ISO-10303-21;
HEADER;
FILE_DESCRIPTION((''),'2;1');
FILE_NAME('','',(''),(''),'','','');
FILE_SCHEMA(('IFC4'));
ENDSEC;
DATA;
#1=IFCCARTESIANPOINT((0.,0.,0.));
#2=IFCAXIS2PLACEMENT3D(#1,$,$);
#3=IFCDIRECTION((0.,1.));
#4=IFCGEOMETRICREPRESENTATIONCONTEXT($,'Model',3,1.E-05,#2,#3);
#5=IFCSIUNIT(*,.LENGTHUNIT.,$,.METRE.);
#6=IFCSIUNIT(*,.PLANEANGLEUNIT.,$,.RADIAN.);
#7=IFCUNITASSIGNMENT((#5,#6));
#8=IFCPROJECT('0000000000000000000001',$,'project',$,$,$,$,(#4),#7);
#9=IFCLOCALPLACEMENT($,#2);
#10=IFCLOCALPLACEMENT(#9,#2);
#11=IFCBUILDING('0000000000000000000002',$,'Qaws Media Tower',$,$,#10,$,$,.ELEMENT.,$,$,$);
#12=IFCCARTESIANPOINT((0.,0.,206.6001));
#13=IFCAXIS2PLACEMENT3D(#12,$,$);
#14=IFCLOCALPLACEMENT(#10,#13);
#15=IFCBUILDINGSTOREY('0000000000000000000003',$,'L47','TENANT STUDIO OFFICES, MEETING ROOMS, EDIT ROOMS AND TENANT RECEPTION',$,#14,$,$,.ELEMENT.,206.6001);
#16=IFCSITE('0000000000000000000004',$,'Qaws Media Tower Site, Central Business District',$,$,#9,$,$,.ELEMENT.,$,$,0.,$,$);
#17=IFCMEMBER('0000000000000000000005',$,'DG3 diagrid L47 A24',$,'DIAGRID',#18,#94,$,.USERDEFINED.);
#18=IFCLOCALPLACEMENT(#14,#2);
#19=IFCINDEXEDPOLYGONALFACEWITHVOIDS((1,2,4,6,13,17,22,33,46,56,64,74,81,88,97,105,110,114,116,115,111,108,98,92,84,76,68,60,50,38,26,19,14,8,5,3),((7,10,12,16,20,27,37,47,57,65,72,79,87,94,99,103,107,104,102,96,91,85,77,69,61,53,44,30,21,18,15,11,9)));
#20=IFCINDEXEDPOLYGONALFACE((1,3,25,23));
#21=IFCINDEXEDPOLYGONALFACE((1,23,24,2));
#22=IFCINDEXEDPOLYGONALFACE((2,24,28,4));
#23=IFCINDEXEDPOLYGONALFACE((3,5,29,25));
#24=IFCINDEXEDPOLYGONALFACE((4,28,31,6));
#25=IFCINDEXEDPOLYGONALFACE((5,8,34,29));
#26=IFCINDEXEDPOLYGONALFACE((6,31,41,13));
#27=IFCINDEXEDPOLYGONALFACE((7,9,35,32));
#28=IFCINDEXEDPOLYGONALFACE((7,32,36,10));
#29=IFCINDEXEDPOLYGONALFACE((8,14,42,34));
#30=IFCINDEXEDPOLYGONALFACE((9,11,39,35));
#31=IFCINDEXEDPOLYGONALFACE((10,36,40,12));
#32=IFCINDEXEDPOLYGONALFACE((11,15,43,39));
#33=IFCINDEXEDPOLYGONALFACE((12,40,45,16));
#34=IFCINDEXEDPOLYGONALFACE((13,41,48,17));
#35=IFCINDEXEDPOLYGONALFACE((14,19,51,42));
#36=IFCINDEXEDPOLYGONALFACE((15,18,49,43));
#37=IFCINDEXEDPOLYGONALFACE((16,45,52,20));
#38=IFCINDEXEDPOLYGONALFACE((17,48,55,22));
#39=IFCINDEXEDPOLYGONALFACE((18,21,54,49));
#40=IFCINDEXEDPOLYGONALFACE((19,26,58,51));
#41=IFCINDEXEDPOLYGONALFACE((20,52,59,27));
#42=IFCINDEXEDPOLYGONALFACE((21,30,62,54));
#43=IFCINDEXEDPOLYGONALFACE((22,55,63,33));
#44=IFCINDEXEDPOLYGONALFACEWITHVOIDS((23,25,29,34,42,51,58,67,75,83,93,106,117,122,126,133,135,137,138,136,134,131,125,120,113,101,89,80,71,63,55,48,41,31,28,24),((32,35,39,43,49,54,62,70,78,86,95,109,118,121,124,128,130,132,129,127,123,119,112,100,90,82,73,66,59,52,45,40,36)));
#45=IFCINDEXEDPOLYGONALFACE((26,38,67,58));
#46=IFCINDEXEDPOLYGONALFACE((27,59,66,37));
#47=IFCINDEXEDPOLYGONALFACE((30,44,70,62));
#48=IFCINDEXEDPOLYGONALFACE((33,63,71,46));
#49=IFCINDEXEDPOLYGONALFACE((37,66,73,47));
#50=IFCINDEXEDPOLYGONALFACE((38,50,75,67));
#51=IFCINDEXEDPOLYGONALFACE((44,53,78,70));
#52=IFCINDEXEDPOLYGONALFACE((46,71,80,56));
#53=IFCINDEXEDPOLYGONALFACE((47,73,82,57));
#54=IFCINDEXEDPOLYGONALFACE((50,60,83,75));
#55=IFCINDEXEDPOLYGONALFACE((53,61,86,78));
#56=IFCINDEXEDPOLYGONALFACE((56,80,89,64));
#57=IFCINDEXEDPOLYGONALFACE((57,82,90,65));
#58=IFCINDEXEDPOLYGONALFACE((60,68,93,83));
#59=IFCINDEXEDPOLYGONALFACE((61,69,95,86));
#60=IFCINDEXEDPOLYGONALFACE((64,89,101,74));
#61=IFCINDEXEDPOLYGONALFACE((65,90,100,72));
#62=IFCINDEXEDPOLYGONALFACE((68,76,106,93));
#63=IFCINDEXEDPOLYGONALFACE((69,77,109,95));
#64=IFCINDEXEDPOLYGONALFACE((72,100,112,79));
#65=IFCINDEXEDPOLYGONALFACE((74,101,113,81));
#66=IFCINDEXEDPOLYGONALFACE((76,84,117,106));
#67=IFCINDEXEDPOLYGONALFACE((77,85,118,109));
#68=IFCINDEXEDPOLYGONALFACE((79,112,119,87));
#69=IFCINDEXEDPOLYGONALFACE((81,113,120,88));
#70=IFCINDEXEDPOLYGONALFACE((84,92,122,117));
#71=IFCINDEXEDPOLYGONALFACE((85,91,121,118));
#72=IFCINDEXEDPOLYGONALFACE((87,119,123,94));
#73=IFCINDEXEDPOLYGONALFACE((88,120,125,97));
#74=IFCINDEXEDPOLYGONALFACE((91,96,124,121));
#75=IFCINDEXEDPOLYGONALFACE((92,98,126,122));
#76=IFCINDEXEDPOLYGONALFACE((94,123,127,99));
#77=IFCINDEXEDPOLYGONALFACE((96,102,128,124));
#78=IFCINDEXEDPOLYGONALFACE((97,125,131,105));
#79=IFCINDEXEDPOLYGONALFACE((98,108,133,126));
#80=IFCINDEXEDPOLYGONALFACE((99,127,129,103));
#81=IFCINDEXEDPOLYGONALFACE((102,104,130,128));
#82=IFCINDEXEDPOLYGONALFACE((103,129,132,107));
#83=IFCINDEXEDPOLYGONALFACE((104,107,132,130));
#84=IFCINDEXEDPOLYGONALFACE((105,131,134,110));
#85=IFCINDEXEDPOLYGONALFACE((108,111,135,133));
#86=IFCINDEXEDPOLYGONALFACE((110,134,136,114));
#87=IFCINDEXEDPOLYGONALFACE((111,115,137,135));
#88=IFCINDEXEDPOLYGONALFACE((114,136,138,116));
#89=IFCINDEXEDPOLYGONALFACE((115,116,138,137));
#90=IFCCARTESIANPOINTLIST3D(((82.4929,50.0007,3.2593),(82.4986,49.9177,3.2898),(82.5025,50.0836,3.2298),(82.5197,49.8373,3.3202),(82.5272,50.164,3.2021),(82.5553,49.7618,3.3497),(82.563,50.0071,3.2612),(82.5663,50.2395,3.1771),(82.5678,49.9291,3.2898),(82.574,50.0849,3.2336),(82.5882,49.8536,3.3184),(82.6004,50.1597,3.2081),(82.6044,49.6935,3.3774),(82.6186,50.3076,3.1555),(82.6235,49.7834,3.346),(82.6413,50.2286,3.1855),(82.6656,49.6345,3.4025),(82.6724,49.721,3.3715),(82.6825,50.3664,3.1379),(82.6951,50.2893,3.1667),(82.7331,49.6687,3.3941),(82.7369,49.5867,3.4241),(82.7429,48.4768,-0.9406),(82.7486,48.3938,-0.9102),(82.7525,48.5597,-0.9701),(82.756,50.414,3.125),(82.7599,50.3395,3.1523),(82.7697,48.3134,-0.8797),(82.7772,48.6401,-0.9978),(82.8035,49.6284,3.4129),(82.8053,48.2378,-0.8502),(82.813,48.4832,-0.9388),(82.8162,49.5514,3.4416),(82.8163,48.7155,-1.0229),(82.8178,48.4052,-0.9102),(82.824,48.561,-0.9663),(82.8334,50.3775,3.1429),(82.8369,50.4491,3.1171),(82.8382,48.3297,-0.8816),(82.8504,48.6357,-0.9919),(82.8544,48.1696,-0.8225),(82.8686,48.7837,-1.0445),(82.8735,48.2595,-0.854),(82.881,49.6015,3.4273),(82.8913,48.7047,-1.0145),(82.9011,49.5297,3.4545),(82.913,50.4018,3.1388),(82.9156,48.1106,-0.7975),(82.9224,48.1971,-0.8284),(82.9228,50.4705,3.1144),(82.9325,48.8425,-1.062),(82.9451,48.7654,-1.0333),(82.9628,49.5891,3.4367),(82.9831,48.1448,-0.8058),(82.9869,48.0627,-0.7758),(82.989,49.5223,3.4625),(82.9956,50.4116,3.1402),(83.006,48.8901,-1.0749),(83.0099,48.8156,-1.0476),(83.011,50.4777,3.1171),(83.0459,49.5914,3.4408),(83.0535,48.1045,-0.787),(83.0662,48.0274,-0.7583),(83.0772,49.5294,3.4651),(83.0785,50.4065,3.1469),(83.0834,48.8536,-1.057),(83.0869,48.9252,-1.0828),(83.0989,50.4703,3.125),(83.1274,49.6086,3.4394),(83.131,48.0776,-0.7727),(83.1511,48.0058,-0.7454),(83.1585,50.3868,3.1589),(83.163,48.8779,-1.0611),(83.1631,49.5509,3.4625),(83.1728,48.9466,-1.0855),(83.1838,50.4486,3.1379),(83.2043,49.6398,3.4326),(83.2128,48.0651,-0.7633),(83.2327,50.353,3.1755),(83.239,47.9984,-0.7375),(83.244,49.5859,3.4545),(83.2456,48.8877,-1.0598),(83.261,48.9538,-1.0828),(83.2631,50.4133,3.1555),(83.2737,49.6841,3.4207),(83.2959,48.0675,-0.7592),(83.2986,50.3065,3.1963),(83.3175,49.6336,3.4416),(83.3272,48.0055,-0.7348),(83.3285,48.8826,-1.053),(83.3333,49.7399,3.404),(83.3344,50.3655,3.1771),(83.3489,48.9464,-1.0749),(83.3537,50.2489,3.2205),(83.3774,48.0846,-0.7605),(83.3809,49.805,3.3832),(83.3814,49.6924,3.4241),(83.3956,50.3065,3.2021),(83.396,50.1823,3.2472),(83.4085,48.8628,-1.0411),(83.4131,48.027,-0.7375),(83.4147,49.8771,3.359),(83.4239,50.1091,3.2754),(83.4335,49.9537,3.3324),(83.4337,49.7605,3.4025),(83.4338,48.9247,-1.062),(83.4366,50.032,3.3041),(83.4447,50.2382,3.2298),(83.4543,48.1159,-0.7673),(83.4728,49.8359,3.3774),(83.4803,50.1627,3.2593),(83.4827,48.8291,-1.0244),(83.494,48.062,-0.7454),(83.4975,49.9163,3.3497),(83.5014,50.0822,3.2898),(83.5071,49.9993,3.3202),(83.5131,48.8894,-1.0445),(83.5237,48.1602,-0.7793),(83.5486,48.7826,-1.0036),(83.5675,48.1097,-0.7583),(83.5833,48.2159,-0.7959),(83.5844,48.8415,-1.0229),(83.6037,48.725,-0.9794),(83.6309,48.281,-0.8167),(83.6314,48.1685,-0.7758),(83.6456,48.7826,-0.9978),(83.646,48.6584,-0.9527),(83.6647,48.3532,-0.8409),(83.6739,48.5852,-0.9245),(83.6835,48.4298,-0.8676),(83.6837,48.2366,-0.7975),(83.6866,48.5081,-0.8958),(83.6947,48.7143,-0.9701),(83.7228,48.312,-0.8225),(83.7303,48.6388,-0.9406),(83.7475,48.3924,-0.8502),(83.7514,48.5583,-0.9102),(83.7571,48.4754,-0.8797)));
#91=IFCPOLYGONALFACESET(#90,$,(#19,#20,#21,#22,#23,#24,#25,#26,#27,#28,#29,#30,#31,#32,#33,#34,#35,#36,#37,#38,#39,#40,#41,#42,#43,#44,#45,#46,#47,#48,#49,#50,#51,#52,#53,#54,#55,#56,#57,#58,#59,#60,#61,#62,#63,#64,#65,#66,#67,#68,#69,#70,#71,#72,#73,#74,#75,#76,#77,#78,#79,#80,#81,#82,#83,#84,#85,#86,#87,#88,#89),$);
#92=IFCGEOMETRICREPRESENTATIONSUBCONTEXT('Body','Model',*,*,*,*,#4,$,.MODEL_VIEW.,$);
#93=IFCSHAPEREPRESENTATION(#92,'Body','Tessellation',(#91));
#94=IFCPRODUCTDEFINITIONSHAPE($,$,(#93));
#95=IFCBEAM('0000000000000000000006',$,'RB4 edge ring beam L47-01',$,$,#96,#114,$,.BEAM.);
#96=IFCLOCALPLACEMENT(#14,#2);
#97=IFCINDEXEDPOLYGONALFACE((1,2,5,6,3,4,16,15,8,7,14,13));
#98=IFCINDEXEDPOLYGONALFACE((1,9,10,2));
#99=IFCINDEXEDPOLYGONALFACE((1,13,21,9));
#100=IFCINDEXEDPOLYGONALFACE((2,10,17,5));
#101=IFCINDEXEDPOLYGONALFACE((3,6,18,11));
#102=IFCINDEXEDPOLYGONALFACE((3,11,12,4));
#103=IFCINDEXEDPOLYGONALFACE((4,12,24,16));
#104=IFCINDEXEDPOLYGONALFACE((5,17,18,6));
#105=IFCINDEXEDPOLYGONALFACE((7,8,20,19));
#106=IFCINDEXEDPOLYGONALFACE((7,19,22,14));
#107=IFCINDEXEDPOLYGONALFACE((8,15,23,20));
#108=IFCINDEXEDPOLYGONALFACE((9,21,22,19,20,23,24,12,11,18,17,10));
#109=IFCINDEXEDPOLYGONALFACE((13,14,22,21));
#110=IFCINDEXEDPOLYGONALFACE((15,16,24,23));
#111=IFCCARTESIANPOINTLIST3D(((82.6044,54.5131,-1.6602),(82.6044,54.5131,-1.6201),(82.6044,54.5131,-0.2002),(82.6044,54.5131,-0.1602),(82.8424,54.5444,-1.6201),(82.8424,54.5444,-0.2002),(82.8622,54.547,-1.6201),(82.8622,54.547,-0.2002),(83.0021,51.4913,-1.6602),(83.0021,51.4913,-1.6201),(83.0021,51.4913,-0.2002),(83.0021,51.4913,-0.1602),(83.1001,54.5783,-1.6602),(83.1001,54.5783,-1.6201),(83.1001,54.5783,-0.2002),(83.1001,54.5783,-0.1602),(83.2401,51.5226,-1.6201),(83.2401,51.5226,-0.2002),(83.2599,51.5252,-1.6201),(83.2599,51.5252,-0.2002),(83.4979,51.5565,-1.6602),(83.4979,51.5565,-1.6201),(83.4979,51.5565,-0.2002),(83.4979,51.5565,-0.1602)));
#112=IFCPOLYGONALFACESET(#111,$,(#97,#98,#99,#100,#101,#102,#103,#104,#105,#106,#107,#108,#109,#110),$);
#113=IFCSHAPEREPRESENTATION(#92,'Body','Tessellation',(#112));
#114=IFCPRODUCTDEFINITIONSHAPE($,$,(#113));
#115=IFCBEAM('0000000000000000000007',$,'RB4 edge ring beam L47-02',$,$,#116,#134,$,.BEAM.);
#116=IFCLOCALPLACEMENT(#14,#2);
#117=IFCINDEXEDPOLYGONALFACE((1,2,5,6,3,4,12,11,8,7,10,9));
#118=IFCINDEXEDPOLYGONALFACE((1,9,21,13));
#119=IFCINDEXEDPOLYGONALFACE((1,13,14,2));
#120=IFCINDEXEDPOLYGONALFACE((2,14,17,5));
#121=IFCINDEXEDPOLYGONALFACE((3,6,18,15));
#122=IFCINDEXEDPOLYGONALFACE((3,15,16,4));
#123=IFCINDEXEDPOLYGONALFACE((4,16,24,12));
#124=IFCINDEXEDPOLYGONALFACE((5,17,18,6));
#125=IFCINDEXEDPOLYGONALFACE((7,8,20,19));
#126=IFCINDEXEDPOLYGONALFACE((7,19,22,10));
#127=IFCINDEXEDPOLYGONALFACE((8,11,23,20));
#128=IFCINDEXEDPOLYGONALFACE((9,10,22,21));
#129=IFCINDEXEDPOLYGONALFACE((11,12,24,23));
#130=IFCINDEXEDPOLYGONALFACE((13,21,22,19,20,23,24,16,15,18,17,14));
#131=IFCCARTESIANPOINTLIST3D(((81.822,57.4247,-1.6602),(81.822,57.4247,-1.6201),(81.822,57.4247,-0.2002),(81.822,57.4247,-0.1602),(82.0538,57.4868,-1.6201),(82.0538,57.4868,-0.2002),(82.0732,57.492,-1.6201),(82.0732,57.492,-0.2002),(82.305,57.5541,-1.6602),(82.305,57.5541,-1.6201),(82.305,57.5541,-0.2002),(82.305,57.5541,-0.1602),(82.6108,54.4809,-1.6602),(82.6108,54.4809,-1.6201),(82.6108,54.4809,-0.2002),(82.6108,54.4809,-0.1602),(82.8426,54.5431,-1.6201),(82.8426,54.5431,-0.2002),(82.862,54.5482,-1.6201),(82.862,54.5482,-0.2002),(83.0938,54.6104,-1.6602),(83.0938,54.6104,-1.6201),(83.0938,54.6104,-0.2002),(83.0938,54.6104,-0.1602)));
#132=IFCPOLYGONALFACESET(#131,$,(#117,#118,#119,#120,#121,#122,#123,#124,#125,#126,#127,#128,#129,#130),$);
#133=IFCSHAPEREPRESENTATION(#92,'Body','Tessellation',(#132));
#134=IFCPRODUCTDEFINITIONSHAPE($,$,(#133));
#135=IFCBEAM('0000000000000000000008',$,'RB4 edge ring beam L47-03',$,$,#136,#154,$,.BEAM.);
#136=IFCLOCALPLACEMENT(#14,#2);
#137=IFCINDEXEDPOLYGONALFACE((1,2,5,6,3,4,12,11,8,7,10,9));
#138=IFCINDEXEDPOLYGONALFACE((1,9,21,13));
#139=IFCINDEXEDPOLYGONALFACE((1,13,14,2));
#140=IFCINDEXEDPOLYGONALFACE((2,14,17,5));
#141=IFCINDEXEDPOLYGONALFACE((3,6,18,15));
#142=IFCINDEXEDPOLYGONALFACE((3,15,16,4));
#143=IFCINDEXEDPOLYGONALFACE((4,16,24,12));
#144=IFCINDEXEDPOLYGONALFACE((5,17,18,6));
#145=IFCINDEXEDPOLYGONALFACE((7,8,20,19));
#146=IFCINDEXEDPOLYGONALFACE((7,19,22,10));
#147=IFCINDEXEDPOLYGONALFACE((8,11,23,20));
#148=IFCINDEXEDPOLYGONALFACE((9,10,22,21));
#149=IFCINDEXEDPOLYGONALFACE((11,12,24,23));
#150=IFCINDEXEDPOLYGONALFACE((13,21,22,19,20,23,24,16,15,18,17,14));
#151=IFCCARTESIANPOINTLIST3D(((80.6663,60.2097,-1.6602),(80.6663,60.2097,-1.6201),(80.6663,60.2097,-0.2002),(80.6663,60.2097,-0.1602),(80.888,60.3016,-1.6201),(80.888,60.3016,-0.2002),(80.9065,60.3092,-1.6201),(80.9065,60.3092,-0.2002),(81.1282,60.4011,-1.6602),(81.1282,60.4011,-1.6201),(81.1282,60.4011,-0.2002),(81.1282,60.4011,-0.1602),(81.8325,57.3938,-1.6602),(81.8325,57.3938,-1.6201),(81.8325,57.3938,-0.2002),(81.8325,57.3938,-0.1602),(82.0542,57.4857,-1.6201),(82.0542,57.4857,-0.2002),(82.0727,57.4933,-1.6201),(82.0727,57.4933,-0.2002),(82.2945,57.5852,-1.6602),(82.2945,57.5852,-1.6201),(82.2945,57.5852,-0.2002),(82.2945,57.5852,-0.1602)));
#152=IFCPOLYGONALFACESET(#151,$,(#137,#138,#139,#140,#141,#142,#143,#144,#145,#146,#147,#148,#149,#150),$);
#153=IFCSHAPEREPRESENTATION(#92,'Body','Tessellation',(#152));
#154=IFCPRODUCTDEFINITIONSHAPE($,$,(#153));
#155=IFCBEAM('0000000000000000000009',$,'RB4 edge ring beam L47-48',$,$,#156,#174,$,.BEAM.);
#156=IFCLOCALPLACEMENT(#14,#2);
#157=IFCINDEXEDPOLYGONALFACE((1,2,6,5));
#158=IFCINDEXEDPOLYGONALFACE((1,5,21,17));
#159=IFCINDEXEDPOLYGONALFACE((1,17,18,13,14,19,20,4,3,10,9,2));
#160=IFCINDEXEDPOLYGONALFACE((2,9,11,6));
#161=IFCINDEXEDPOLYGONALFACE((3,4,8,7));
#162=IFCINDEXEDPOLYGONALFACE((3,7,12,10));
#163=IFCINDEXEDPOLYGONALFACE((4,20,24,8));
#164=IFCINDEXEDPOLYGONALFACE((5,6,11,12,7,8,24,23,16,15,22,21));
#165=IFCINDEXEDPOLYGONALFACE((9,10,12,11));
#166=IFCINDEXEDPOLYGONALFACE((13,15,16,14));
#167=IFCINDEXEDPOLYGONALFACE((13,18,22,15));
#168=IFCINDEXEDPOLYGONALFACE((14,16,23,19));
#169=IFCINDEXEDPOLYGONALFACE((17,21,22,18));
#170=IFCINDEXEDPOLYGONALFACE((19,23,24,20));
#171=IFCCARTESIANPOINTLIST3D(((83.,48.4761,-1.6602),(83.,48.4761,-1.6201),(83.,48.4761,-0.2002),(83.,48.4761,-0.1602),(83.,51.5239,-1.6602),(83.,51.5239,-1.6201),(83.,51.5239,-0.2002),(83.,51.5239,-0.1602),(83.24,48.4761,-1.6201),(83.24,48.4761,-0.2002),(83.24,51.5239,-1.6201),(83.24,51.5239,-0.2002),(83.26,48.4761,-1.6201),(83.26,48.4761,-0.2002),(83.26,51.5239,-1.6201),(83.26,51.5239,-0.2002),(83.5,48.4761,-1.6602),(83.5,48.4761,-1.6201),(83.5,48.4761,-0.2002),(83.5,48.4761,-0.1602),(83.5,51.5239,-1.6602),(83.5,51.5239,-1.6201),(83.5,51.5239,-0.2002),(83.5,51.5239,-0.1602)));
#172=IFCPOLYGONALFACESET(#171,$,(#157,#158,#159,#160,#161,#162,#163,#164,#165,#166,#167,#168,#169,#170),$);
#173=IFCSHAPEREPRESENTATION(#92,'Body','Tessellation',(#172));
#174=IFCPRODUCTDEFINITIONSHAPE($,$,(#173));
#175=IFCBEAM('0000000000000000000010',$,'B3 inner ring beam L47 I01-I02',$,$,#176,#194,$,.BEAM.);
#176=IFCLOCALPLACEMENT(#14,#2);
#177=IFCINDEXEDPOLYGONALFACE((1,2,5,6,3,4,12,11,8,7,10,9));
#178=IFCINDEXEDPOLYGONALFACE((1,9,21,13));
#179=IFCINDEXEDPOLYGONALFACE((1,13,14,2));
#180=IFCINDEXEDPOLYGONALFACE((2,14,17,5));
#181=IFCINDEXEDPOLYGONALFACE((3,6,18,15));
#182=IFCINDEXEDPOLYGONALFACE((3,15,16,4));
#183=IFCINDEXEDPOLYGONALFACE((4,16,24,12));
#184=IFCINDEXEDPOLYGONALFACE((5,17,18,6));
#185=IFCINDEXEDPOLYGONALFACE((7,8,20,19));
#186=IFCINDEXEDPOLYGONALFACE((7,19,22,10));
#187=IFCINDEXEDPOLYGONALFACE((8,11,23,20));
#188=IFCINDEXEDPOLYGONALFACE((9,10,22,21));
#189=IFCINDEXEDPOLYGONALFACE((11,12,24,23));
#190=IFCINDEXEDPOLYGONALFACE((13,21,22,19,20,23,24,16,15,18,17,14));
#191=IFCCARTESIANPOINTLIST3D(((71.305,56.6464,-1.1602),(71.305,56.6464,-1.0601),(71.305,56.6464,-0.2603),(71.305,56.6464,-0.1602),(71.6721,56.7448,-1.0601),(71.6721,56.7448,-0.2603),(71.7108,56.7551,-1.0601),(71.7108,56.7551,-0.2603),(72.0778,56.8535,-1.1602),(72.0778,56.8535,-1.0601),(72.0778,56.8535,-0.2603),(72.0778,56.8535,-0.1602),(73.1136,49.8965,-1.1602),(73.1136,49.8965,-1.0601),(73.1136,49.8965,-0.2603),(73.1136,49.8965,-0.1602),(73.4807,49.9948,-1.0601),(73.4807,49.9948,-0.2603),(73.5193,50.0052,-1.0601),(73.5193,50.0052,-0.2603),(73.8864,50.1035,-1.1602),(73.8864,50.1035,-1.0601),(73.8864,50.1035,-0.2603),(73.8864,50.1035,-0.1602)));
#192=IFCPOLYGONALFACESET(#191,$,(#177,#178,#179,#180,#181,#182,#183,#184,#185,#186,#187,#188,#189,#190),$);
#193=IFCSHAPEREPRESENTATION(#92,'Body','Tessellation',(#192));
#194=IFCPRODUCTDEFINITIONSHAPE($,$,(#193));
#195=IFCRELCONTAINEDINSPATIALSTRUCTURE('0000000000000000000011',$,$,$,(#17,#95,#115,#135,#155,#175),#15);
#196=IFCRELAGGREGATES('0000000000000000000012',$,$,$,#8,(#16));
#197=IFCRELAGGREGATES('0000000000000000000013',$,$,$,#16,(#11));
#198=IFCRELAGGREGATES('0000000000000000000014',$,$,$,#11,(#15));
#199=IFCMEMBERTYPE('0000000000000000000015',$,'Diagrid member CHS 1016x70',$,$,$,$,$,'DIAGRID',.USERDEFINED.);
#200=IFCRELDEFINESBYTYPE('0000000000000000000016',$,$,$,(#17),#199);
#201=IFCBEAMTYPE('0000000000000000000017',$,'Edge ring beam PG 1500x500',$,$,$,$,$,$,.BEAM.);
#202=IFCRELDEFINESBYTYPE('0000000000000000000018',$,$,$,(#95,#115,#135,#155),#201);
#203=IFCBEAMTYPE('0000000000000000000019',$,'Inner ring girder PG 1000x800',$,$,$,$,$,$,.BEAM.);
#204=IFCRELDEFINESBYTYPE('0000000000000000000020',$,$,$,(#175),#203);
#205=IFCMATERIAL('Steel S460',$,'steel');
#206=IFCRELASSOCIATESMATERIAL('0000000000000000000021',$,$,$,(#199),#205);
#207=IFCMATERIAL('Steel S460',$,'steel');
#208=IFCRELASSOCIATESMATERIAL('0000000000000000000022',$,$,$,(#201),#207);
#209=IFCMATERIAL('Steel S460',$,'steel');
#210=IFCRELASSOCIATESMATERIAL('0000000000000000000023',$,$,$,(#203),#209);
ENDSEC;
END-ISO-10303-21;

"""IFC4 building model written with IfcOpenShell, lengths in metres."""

from ifc_helpers import new_model, si_unit, direction, frame, origin, origin_2d, place, context, subcontext, project, spatial, hollow_circle, i_section, extrude, material, material_profile, profile_set, type_object, element, save


model = new_model("IFC4")

# Units and contexts
model_context = context("Model", 3, precision=1e-05, world=origin(), true_north=direction((0.0, 1.0)))
body_context = subcontext(model_context, "Body", "Model", "MODEL_VIEW")
ifc_project = project(units=[si_unit("LENGTHUNIT", "METRE"), si_unit("PLANEANGLEUNIT", "RADIAN")], contexts=[model_context])

# Site, building, storey
site_placement = place(None, origin())
site = spatial("IfcSite", under=ifc_project, at=site_placement, Name="Qaws Media Tower Site, Central Business District", CompositionType="ELEMENT", RefElevation=0.0)
building_placement = place(site_placement, origin())
building = spatial("IfcBuilding", under=site, at=building_placement, Name="Qaws Media Tower", CompositionType="ELEMENT")
storey_placement = place(building_placement, frame((0.0, 0.0, 206.6001)))
storey = spatial("IfcBuildingStorey", under=building, at=storey_placement, Name="L47", Description="TENANT STUDIO OFFICES, MEETING ROOMS, EDIT ROOMS AND TENANT RECEPTION", CompositionType="ELEMENT", Elevation=206.6001)

# Member
ifc_material_1 = material(Name="Steel S460", Category="steel")
ifc_material_profile_1 = material_profile(ifc_material_1, hollow_circle(Radius=0.5081, WallThickness=0.0701, at=origin_2d()), Name="CHS 1016x70")
ifc_profile_set_1 = profile_set([ifc_material_profile_1], Name="Steel S460")
member_type_1 = type_object("IfcMemberType", Name="Diagrid member CHS 1016x70", ElementType="DIAGRID", PredefinedType="USERDEFINED", material=ifc_profile_set_1)
for number, where, z_axis, x_axis, name in (
    (1, (83.25, 48.4761, -0.9102), (-0.055868, 0.340552, 0.938564), (-0.986809, -0.161886, 0.0), "DG3 diagrid L47 A24"),
):
    element("IfcMember", number, at=place(storey_placement, frame(where, z_axis=z_axis, x_axis=x_axis)), inside=storey, type_object=member_type_1, Name=name, ObjectType="DIAGRID", PredefinedType="USERDEFINED", context=body_context, shape_type="SweptSolid", body=[
        extrude(hollow_circle(Radius=0.5081, WallThickness=0.0701, at=origin_2d()), origin(), (0.0, 0.0, 1.0), 4.4749),
    ])

# Beams
ifc_material_2 = material(Name="Steel S460", Category="steel")
ifc_material_profile_2 = material_profile(ifc_material_2, i_section(OverallWidth=0.5, OverallDepth=1.5, WebThickness=0.02, FlangeThickness=0.04, at=origin_2d()), Name="PG 1500x500")
ifc_profile_set_2 = profile_set([ifc_material_profile_2], Name="Steel S460")
beam_type_1 = type_object("IfcBeamType", Name="Edge ring beam PG 1500x500", PredefinedType="BEAM", material=ifc_profile_set_2)
beam_1_placement = place(storey_placement, frame((83.25, 51.5239, -0.9102), z_axis=(-0.13049, 0.99145, 0.0), x_axis=(-0.99145, -0.13049, 0.0)))
element("IfcBeam", 2, at=beam_1_placement, inside=storey, type_object=beam_type_1, Name="RB4 edge ring beam L47-01", PredefinedType="BEAM", context=body_context, shape_type="SweptSolid", body=[
    extrude(i_section(OverallWidth=0.5, OverallDepth=1.5, WebThickness=0.02, FlangeThickness=0.04, at=origin_2d()), origin(), (0.0, 0.0, 1.0), 3.0479),
])
beam_2_placement = place(storey_placement, frame((82.8523, 54.5457, -0.9102), z_axis=(-0.258824, 0.965924, 0.0), x_axis=(-0.965924, -0.258824, 0.0)))
element("IfcBeam", 3, at=beam_2_placement, inside=storey, type_object=beam_type_1, Name="RB4 edge ring beam L47-02", PredefinedType="BEAM", context=body_context, shape_type="SweptSolid", body=[
    extrude(i_section(OverallWidth=0.5, OverallDepth=1.5, WebThickness=0.02, FlangeThickness=0.04, at=origin_2d()), origin(), (0.0, 0.0, 1.0), 3.0476),
])
for number, where, z_axis, x_axis, name in (
    (4, (82.0635, 57.4895, -0.9102), (-0.382647, 0.923895, 0.0), (-0.923895, -0.382647, 0.0), "RB4 edge ring beam L47-03"),
    (5, (83.25, 48.4761, -0.9102), (0.0, 1.0, 0.0), (-1.0, 0.0, 0.0), "RB4 edge ring beam L47-48"),
):
    element("IfcBeam", number, at=place(storey_placement, frame(where, z_axis=z_axis, x_axis=x_axis)), inside=storey, type_object=beam_type_1, Name=name, PredefinedType="BEAM", context=body_context, shape_type="SweptSolid", body=[
        extrude(i_section(OverallWidth=0.5, OverallDepth=1.5, WebThickness=0.02, FlangeThickness=0.04, at=origin_2d()), origin(), (0.0, 0.0, 1.0), 3.0479),
    ])
ifc_material_3 = material(Name="Steel S460", Category="steel")
ifc_material_profile_3 = material_profile(ifc_material_3, i_section(OverallWidth=0.8, OverallDepth=1.0, WebThickness=0.04, FlangeThickness=0.1001, at=origin_2d()), Name="PG 1000x800")
ifc_profile_set_3 = profile_set([ifc_material_profile_3], Name="Steel S460")
beam_type_2 = type_object("IfcBeamType", Name="Inner ring girder PG 1000x800", PredefinedType="BEAM", material=ifc_profile_set_3)
beam_3_placement = place(storey_placement, frame((73.5, 50.0, -0.6602), z_axis=(-0.258811, 0.965928, 0.0), x_axis=(-0.965928, -0.258811, 0.0)))
element("IfcBeam", 6, at=beam_3_placement, inside=storey, type_object=beam_type_2, Name="B3 inner ring beam L47 I01-I02", PredefinedType="BEAM", context=body_context, shape_type="SweptSolid", body=[
    extrude(i_section(OverallWidth=0.8, OverallDepth=1.0, WebThickness=0.04, FlangeThickness=0.1001, at=origin_2d()), origin(), (0.0, 0.0, 1.0), 6.988),
])

save(model, "model.ifc")
